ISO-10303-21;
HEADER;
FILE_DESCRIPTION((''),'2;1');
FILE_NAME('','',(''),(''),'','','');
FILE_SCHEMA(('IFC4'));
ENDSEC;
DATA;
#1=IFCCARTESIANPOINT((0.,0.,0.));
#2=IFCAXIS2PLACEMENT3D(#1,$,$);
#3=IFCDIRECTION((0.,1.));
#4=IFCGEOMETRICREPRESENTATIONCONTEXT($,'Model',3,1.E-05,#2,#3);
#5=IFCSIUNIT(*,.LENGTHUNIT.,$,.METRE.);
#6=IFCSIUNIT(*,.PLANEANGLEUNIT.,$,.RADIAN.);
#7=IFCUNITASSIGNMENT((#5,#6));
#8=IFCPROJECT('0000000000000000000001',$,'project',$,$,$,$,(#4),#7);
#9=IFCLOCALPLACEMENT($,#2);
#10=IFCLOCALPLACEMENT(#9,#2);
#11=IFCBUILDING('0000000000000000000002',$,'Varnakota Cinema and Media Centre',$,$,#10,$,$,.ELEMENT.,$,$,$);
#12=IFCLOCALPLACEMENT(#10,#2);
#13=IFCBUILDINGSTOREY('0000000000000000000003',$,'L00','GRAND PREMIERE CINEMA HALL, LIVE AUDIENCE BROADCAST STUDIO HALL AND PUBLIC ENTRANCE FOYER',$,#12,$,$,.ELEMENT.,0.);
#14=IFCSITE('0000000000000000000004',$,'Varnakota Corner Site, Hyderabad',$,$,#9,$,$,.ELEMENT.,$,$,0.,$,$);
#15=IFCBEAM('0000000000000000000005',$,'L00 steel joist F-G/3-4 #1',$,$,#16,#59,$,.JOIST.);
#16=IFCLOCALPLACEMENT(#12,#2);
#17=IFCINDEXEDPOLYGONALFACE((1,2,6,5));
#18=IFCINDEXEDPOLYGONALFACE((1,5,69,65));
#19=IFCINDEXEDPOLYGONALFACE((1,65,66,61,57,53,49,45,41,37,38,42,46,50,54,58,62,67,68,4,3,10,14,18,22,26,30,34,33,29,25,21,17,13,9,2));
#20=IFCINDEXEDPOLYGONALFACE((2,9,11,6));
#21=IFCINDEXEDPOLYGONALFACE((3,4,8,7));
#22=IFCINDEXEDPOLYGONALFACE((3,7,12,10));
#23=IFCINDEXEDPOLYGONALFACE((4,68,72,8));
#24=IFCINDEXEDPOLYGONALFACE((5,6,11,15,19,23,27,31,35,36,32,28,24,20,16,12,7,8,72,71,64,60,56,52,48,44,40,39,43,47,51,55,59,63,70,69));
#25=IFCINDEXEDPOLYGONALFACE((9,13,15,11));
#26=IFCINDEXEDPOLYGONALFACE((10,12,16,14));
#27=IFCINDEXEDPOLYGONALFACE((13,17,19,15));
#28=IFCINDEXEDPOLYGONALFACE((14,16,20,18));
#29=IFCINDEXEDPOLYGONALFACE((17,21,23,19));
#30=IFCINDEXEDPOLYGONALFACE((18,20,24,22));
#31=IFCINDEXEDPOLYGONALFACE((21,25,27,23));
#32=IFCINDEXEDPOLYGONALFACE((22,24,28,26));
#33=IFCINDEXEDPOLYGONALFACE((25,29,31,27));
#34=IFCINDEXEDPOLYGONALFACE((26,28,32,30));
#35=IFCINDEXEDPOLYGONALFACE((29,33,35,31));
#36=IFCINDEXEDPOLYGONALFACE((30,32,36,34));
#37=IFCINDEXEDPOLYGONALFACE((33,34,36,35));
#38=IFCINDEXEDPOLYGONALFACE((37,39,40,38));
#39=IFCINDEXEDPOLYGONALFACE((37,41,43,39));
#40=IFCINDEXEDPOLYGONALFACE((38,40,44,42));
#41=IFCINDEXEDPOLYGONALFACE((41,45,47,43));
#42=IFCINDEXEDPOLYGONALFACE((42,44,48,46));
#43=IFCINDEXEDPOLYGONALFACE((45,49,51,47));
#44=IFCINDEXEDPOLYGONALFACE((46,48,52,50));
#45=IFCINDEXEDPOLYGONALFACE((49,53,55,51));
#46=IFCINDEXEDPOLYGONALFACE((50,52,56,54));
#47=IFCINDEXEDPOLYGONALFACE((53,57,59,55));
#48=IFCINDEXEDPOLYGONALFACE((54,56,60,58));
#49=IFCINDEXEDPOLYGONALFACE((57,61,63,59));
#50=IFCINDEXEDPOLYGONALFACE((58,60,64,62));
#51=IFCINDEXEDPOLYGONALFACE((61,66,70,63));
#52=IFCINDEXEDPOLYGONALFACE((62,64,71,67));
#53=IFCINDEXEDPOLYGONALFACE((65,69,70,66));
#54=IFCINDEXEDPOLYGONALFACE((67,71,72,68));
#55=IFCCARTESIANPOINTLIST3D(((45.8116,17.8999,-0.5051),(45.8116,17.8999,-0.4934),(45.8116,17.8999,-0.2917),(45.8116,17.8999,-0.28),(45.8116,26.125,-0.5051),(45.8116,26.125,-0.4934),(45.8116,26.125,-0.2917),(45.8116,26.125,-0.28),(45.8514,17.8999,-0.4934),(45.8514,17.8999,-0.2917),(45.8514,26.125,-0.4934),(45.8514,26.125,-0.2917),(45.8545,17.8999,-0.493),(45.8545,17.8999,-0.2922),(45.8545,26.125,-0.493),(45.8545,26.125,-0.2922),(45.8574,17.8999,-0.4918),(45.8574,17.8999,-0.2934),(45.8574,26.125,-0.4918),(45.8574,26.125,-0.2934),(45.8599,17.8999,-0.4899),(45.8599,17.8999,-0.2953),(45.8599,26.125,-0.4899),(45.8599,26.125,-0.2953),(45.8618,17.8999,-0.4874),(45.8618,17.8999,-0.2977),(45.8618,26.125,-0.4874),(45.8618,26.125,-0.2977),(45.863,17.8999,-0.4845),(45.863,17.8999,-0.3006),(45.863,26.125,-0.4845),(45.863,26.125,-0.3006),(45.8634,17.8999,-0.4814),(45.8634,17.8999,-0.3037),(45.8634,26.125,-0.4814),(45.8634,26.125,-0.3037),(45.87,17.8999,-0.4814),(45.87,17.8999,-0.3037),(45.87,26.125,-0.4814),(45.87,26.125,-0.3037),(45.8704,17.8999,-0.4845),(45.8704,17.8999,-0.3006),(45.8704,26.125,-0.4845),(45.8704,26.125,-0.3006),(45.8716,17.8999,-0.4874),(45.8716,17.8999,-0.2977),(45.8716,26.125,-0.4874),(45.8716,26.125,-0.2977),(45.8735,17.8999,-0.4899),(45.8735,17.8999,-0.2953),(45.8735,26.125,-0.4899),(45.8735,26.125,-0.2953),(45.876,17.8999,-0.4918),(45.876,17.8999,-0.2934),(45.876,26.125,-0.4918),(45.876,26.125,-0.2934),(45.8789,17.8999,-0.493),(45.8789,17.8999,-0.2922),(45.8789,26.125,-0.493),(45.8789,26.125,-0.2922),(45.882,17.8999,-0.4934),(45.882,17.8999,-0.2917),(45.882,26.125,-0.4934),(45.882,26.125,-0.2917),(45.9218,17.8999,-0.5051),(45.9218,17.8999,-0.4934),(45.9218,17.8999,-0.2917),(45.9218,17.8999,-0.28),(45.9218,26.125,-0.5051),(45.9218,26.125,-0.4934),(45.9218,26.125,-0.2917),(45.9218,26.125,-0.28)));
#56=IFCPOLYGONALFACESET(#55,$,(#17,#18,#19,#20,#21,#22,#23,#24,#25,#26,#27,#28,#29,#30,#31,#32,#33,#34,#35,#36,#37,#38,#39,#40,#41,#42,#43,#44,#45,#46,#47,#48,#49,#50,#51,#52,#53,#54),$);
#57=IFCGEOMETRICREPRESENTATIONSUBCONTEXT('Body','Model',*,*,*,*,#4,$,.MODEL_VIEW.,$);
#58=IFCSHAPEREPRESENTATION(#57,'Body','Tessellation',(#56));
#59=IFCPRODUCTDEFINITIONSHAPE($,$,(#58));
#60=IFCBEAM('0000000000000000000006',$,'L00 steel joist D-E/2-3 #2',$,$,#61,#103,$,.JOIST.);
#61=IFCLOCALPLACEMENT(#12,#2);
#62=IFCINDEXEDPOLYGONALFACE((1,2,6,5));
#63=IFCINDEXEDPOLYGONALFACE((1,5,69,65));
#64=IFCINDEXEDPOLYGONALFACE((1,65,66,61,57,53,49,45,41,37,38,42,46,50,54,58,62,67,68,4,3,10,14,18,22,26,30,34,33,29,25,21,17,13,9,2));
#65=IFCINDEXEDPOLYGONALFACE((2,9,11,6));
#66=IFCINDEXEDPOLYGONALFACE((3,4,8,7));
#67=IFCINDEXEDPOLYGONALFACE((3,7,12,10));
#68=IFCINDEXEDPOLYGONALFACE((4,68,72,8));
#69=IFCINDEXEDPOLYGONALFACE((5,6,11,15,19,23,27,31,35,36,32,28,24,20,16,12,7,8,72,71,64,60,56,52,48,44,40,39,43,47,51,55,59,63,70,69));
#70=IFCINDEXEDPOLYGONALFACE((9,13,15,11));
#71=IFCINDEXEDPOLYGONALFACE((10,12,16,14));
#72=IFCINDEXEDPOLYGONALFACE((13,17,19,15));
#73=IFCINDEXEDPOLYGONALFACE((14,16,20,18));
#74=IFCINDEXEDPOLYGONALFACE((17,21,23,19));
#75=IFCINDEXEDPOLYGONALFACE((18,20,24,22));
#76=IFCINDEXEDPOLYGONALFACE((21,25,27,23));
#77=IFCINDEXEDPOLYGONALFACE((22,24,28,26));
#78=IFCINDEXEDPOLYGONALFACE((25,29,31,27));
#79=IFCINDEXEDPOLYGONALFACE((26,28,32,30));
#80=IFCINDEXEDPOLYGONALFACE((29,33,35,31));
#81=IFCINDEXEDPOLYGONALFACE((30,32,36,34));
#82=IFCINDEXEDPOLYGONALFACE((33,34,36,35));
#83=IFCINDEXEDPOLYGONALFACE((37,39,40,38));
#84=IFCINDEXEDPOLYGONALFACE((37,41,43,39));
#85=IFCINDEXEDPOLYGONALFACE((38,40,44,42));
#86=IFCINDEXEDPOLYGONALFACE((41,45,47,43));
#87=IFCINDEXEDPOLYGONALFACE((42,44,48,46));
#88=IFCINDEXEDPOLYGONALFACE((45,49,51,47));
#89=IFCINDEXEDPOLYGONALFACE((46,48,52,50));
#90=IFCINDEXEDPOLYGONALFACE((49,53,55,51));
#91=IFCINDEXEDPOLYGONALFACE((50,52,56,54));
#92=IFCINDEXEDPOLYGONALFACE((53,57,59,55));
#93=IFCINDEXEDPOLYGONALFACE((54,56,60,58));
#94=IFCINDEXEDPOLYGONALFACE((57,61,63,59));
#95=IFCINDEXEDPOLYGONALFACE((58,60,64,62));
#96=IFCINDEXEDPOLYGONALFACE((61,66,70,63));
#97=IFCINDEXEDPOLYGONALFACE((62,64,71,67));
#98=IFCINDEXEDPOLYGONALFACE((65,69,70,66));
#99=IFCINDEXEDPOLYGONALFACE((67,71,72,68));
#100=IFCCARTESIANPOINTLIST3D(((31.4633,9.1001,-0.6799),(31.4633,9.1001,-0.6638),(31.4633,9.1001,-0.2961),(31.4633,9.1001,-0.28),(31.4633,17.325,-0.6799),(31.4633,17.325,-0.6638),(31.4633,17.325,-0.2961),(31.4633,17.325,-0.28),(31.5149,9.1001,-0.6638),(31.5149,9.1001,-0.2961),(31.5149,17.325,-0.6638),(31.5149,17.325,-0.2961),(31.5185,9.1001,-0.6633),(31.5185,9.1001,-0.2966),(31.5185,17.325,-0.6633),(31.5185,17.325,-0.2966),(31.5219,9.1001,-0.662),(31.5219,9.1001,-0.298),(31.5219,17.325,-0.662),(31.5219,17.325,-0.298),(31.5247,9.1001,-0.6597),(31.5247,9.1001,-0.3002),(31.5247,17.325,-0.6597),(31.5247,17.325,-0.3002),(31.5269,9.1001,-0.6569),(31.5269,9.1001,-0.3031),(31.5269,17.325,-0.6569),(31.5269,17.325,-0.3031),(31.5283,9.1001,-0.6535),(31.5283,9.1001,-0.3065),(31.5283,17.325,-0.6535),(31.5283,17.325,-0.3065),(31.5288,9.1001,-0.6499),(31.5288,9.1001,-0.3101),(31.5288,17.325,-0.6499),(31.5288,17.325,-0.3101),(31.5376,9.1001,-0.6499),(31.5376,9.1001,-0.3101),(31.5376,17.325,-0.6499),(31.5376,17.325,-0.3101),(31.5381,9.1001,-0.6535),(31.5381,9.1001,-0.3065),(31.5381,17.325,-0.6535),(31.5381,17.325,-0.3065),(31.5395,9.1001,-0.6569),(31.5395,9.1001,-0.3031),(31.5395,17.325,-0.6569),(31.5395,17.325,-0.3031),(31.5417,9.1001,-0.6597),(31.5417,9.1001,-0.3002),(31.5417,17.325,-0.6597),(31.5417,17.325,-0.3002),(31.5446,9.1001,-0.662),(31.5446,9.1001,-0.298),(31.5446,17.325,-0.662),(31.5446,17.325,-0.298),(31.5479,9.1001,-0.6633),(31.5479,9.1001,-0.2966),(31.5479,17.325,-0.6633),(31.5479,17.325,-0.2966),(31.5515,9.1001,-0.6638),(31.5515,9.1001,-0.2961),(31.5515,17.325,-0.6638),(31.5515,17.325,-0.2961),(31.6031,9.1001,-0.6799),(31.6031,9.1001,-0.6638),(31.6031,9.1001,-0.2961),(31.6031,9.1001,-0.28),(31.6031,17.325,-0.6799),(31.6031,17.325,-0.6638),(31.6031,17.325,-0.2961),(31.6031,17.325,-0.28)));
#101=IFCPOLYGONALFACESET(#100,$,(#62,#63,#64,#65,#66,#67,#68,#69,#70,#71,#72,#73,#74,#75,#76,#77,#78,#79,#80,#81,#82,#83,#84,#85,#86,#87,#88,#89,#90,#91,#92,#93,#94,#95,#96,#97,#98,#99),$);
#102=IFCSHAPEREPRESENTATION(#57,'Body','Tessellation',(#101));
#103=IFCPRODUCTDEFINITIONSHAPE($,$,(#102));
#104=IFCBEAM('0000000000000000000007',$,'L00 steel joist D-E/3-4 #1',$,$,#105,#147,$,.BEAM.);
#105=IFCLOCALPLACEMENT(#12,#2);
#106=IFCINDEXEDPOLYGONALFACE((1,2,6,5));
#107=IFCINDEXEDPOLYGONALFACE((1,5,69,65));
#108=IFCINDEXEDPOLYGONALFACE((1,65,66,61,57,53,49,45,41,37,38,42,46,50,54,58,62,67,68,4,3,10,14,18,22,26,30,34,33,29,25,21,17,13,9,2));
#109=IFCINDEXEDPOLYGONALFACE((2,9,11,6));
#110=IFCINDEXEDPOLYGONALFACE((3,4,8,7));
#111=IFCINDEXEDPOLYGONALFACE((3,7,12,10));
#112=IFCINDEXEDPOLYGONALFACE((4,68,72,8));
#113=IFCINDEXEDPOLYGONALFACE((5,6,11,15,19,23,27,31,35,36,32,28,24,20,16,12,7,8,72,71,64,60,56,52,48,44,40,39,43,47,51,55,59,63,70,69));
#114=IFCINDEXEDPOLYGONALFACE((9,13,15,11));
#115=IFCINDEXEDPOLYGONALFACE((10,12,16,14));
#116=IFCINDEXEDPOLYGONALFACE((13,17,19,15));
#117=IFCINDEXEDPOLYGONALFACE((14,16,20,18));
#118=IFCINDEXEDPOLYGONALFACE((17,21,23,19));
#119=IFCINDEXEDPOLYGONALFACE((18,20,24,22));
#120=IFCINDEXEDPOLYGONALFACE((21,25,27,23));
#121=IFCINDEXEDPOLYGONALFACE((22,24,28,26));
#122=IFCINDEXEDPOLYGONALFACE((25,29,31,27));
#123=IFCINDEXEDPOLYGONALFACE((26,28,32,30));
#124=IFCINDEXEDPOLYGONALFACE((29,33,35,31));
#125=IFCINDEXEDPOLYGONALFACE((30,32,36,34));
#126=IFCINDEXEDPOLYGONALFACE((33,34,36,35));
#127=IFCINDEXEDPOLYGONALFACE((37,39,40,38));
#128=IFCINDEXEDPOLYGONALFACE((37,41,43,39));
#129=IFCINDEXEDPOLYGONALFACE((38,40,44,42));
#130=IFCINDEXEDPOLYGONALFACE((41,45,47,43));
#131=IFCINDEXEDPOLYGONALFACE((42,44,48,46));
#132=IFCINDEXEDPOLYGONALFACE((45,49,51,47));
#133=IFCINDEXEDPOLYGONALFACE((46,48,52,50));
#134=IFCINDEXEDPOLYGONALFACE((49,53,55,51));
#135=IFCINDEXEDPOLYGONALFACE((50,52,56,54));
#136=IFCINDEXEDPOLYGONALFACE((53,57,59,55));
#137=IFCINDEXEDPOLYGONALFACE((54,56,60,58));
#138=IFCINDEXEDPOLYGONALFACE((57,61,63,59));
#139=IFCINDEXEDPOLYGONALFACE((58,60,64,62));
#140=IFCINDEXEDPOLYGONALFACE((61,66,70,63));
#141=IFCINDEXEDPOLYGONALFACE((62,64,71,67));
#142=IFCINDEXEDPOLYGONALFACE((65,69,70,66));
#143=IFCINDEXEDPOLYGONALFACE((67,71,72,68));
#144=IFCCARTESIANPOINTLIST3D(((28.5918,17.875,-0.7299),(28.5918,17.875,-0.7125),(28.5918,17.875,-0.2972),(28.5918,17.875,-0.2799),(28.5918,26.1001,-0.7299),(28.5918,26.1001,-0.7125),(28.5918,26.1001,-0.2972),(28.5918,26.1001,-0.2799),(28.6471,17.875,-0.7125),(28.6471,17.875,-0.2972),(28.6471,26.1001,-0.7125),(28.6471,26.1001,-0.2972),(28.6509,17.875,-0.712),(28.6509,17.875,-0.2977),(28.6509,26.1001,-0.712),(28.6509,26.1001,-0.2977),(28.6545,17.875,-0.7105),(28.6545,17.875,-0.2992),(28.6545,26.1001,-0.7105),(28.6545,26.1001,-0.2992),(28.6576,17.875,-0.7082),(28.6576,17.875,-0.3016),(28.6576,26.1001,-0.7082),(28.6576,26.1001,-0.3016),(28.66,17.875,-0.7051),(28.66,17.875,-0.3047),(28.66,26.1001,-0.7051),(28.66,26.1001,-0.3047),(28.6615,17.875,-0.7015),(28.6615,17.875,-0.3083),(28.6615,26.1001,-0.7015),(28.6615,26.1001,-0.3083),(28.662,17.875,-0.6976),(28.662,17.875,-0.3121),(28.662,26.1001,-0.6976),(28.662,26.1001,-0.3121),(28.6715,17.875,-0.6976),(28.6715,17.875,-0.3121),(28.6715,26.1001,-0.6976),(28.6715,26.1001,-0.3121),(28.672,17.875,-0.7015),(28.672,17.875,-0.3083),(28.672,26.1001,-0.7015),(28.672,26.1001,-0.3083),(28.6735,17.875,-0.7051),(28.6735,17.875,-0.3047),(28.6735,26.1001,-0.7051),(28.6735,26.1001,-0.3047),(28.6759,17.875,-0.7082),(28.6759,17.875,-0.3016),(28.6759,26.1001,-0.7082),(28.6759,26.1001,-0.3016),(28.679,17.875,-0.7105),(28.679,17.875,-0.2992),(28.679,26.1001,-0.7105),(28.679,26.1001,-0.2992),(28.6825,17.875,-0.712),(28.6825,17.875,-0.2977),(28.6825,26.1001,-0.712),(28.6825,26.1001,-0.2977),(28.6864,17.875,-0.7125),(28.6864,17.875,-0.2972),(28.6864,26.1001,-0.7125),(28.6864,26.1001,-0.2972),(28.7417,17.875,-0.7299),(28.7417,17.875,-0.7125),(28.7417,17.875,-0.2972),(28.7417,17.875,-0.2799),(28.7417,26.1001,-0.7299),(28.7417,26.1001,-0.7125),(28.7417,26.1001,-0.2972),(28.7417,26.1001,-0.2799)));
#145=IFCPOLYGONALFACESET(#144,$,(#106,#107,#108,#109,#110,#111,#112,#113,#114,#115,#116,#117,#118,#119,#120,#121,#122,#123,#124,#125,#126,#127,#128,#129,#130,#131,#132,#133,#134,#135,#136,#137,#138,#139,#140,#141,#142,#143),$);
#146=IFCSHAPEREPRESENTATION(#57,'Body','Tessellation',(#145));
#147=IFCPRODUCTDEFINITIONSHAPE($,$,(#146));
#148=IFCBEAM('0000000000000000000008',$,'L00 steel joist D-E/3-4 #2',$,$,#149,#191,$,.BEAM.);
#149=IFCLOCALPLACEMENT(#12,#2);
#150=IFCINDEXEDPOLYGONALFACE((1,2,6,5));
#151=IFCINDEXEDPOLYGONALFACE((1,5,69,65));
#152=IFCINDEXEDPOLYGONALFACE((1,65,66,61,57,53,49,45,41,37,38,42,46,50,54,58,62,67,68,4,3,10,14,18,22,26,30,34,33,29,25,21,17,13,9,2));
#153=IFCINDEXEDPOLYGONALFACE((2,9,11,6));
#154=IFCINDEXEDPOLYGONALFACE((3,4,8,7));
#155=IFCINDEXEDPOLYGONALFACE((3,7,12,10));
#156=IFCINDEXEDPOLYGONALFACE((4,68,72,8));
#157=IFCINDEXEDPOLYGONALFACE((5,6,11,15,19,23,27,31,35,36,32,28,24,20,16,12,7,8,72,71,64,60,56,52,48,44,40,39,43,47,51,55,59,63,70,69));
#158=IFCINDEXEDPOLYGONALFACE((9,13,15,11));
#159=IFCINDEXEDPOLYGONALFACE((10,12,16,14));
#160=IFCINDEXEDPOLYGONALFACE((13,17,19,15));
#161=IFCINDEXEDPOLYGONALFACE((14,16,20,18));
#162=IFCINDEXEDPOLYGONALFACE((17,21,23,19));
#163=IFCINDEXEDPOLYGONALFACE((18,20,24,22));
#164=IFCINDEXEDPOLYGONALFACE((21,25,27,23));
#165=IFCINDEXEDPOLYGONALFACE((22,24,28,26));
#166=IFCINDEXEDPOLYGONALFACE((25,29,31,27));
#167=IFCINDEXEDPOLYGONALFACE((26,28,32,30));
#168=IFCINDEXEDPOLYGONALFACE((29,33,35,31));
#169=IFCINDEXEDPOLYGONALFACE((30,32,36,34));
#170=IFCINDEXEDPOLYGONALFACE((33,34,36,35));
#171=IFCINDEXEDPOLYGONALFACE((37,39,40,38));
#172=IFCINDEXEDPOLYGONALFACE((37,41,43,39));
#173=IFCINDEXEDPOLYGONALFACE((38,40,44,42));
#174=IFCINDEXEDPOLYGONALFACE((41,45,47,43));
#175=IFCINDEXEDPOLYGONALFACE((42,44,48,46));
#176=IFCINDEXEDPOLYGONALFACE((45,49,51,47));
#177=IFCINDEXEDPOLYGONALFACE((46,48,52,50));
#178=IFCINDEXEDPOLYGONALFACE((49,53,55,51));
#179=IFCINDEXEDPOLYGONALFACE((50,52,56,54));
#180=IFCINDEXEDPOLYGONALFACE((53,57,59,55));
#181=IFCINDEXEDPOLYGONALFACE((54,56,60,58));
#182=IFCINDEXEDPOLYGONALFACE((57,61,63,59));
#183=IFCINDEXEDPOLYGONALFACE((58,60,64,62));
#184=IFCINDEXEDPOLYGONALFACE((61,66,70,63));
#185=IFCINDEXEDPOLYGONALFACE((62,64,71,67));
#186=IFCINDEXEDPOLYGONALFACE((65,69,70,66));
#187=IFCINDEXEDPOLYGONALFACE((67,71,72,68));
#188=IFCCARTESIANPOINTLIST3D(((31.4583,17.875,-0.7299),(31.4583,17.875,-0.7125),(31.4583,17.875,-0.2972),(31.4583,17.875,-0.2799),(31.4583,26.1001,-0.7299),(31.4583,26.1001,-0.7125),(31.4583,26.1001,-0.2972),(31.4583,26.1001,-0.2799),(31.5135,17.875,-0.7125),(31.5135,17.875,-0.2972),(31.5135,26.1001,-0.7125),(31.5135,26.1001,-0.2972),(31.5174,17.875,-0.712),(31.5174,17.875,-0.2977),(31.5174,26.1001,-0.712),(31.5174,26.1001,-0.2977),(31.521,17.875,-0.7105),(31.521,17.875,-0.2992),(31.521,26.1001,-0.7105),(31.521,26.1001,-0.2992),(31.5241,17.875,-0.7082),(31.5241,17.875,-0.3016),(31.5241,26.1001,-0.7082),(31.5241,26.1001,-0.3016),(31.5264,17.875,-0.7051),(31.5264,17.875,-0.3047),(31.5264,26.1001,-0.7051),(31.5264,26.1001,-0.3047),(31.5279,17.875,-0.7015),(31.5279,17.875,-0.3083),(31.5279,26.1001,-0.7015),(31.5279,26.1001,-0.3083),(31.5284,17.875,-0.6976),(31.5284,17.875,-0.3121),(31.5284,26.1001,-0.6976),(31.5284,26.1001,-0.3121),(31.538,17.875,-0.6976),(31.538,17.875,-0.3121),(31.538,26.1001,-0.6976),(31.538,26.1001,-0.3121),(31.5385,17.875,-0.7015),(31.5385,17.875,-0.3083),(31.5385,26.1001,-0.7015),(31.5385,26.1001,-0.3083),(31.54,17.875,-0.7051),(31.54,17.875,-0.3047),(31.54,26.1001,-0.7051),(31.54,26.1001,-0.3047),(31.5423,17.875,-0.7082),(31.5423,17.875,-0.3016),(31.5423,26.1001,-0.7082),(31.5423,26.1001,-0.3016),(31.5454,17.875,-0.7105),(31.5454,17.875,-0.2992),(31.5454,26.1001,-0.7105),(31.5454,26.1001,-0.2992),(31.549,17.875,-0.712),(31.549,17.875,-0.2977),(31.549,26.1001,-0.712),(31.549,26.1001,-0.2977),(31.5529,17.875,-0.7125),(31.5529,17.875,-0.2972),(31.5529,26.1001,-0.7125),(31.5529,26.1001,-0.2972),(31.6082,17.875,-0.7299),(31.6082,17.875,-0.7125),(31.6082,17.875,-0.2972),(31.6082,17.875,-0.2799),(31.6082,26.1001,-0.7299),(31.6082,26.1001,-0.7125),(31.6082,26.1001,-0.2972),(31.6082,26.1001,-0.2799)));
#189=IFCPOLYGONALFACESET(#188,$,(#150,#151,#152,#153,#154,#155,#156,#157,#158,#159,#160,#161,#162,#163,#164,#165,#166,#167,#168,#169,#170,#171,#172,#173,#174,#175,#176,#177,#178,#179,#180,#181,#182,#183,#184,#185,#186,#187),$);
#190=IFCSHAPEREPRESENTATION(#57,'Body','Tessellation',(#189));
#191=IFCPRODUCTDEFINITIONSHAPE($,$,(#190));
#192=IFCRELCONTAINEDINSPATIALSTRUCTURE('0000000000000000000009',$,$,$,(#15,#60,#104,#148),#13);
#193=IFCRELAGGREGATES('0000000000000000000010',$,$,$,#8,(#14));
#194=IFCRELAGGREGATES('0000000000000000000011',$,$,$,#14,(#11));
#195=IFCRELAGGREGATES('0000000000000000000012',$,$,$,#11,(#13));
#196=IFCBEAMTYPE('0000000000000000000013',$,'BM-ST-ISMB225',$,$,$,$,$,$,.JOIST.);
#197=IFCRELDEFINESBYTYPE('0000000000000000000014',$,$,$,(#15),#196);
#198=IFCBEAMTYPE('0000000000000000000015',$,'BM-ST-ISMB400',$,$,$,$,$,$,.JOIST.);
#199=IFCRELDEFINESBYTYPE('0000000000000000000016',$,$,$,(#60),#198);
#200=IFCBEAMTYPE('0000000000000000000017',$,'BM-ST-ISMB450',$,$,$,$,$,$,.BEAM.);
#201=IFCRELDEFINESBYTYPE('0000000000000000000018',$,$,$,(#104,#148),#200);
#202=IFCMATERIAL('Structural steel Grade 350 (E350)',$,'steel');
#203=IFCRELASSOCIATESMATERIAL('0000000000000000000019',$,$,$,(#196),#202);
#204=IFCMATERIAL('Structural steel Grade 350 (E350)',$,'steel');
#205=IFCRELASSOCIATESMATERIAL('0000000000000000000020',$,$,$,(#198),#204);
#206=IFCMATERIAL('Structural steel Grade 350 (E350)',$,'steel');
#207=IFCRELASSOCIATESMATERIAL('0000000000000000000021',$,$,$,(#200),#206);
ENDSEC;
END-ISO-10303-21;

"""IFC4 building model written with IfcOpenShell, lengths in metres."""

from ifc_helpers import new_model, si_unit, direction, frame, origin, origin_2d, place, context, subcontext, project, spatial, i_section, extrude, material, material_profile, profile_set, type_object, element, save


model = new_model("IFC4")

# Units and contexts
model_context = context("Model", 3, precision=1e-05, world=origin(), true_north=direction((0.0, 1.0)))
body_context = subcontext(model_context, "Body", "Model", "MODEL_VIEW")
ifc_project = project(units=[si_unit("LENGTHUNIT", "METRE"), si_unit("PLANEANGLEUNIT", "RADIAN")], contexts=[model_context])

# Site, building, storey
site_placement = place(None, origin())
site = spatial("IfcSite", under=ifc_project, at=site_placement, Name="Varnakota Corner Site, Hyderabad", CompositionType="ELEMENT", RefElevation=0.0)
building_placement = place(site_placement, origin())
building = spatial("IfcBuilding", under=site, at=building_placement, Name="Varnakota Cinema and Media Centre", CompositionType="ELEMENT")
storey_placement = place(building_placement, origin())
storey = spatial("IfcBuildingStorey", under=building, at=storey_placement, Name="L00", Description="GRAND PREMIERE CINEMA HALL, LIVE AUDIENCE BROADCAST STUDIO HALL AND PUBLIC ENTRANCE FOYER", CompositionType="ELEMENT", Elevation=0.0)

# Beams
ifc_material_1 = material(Name="Structural steel Grade 350 (E350)", Category="steel")
ifc_material_profile_1 = material_profile(ifc_material_1, i_section(OverallWidth=0.1101, OverallDepth=0.2251, WebThickness=0.0066, FlangeThickness=0.0117, FilletRadius=0.012, at=origin_2d()), Name="ISMB 225")
ifc_profile_set_1 = profile_set([ifc_material_profile_1], Name="Structural steel Grade 350 (E350)")
beam_type_1 = type_object("IfcBeamType", Name="BM-ST-ISMB225", PredefinedType="JOIST", material=ifc_profile_set_1)
beam_1_placement = place(storey_placement, frame((45.8667, 17.8999, -0.3926), z_axis=(0.0, 1.0, 0.0), x_axis=(-1.0, 0.0, 0.0)))
element("IfcBeam", 1, at=beam_1_placement, inside=storey, type_object=beam_type_1, Name="L00 steel joist F-G/3-4 #1", PredefinedType="JOIST", context=body_context, shape_type="SweptSolid", body=[
    extrude(i_section(OverallWidth=0.1101, OverallDepth=0.2251, WebThickness=0.0066, FlangeThickness=0.0117, FilletRadius=0.012, at=origin_2d()), origin(), (0.0, 0.0, 1.0), 8.2251),
])
ifc_material_2 = material(Name="Structural steel Grade 350 (E350)", Category="steel")
ifc_material_profile_2 = material_profile(ifc_material_2, i_section(OverallWidth=0.1399, OverallDepth=0.3999, WebThickness=0.0088, FlangeThickness=0.0161, FilletRadius=0.0139, at=origin_2d()), Name="ISMB 400")
ifc_profile_set_2 = profile_set([ifc_material_profile_2], Name="Structural steel Grade 350 (E350)")
beam_type_2 = type_object("IfcBeamType", Name="BM-ST-ISMB400", PredefinedType="JOIST", material=ifc_profile_set_2)
beam_2_placement = place(storey_placement, frame((31.5332, 9.1001, -0.48), z_axis=(0.0, 1.0, 0.0), x_axis=(-1.0, 0.0, 0.0)))
element("IfcBeam", 2, at=beam_2_placement, inside=storey, type_object=beam_type_2, Name="L00 steel joist D-E/2-3 #2", PredefinedType="JOIST", context=body_context, shape_type="SweptSolid", body=[
    extrude(i_section(OverallWidth=0.1399, OverallDepth=0.3999, WebThickness=0.0088, FlangeThickness=0.0161, FilletRadius=0.0139, at=origin_2d()), origin(), (0.0, 0.0, 1.0), 8.2249),
])
ifc_material_3 = material(Name="Structural steel Grade 350 (E350)", Category="steel")
ifc_material_profile_3 = material_profile(ifc_material_3, i_section(OverallWidth=0.1499, OverallDepth=0.45, WebThickness=0.0095, FlangeThickness=0.0173, FilletRadius=0.0149, at=origin_2d()), Name="ISMB 450")
ifc_profile_set_3 = profile_set([ifc_material_profile_3], Name="Structural steel Grade 350 (E350)")
beam_type_3 = type_object("IfcBeamType", Name="BM-ST-ISMB450", PredefinedType="BEAM", material=ifc_profile_set_3)
for number, where, z_axis, x_axis, name in (
    (3, (28.6667, 17.875, -0.5049), (0.0, 1.0, 0.0), (-1.0, 0.0, 0.0), "L00 steel joist D-E/3-4 #1"),
    (4, (31.5332, 17.875, -0.5049), (0.0, 1.0, 0.0), (-1.0, 0.0, 0.0), "L00 steel joist D-E/3-4 #2"),
):
    element("IfcBeam", number, at=place(storey_placement, frame(where, z_axis=z_axis, x_axis=x_axis)), inside=storey, type_object=beam_type_3, Name=name, PredefinedType="BEAM", context=body_context, shape_type="SweptSolid", body=[
        extrude(i_section(OverallWidth=0.1499, OverallDepth=0.45, WebThickness=0.0095, FlangeThickness=0.0173, FilletRadius=0.0149, at=origin_2d()), origin(), (0.0, 0.0, 1.0), 8.2251),
    ])

save(model, "model.ifc")
